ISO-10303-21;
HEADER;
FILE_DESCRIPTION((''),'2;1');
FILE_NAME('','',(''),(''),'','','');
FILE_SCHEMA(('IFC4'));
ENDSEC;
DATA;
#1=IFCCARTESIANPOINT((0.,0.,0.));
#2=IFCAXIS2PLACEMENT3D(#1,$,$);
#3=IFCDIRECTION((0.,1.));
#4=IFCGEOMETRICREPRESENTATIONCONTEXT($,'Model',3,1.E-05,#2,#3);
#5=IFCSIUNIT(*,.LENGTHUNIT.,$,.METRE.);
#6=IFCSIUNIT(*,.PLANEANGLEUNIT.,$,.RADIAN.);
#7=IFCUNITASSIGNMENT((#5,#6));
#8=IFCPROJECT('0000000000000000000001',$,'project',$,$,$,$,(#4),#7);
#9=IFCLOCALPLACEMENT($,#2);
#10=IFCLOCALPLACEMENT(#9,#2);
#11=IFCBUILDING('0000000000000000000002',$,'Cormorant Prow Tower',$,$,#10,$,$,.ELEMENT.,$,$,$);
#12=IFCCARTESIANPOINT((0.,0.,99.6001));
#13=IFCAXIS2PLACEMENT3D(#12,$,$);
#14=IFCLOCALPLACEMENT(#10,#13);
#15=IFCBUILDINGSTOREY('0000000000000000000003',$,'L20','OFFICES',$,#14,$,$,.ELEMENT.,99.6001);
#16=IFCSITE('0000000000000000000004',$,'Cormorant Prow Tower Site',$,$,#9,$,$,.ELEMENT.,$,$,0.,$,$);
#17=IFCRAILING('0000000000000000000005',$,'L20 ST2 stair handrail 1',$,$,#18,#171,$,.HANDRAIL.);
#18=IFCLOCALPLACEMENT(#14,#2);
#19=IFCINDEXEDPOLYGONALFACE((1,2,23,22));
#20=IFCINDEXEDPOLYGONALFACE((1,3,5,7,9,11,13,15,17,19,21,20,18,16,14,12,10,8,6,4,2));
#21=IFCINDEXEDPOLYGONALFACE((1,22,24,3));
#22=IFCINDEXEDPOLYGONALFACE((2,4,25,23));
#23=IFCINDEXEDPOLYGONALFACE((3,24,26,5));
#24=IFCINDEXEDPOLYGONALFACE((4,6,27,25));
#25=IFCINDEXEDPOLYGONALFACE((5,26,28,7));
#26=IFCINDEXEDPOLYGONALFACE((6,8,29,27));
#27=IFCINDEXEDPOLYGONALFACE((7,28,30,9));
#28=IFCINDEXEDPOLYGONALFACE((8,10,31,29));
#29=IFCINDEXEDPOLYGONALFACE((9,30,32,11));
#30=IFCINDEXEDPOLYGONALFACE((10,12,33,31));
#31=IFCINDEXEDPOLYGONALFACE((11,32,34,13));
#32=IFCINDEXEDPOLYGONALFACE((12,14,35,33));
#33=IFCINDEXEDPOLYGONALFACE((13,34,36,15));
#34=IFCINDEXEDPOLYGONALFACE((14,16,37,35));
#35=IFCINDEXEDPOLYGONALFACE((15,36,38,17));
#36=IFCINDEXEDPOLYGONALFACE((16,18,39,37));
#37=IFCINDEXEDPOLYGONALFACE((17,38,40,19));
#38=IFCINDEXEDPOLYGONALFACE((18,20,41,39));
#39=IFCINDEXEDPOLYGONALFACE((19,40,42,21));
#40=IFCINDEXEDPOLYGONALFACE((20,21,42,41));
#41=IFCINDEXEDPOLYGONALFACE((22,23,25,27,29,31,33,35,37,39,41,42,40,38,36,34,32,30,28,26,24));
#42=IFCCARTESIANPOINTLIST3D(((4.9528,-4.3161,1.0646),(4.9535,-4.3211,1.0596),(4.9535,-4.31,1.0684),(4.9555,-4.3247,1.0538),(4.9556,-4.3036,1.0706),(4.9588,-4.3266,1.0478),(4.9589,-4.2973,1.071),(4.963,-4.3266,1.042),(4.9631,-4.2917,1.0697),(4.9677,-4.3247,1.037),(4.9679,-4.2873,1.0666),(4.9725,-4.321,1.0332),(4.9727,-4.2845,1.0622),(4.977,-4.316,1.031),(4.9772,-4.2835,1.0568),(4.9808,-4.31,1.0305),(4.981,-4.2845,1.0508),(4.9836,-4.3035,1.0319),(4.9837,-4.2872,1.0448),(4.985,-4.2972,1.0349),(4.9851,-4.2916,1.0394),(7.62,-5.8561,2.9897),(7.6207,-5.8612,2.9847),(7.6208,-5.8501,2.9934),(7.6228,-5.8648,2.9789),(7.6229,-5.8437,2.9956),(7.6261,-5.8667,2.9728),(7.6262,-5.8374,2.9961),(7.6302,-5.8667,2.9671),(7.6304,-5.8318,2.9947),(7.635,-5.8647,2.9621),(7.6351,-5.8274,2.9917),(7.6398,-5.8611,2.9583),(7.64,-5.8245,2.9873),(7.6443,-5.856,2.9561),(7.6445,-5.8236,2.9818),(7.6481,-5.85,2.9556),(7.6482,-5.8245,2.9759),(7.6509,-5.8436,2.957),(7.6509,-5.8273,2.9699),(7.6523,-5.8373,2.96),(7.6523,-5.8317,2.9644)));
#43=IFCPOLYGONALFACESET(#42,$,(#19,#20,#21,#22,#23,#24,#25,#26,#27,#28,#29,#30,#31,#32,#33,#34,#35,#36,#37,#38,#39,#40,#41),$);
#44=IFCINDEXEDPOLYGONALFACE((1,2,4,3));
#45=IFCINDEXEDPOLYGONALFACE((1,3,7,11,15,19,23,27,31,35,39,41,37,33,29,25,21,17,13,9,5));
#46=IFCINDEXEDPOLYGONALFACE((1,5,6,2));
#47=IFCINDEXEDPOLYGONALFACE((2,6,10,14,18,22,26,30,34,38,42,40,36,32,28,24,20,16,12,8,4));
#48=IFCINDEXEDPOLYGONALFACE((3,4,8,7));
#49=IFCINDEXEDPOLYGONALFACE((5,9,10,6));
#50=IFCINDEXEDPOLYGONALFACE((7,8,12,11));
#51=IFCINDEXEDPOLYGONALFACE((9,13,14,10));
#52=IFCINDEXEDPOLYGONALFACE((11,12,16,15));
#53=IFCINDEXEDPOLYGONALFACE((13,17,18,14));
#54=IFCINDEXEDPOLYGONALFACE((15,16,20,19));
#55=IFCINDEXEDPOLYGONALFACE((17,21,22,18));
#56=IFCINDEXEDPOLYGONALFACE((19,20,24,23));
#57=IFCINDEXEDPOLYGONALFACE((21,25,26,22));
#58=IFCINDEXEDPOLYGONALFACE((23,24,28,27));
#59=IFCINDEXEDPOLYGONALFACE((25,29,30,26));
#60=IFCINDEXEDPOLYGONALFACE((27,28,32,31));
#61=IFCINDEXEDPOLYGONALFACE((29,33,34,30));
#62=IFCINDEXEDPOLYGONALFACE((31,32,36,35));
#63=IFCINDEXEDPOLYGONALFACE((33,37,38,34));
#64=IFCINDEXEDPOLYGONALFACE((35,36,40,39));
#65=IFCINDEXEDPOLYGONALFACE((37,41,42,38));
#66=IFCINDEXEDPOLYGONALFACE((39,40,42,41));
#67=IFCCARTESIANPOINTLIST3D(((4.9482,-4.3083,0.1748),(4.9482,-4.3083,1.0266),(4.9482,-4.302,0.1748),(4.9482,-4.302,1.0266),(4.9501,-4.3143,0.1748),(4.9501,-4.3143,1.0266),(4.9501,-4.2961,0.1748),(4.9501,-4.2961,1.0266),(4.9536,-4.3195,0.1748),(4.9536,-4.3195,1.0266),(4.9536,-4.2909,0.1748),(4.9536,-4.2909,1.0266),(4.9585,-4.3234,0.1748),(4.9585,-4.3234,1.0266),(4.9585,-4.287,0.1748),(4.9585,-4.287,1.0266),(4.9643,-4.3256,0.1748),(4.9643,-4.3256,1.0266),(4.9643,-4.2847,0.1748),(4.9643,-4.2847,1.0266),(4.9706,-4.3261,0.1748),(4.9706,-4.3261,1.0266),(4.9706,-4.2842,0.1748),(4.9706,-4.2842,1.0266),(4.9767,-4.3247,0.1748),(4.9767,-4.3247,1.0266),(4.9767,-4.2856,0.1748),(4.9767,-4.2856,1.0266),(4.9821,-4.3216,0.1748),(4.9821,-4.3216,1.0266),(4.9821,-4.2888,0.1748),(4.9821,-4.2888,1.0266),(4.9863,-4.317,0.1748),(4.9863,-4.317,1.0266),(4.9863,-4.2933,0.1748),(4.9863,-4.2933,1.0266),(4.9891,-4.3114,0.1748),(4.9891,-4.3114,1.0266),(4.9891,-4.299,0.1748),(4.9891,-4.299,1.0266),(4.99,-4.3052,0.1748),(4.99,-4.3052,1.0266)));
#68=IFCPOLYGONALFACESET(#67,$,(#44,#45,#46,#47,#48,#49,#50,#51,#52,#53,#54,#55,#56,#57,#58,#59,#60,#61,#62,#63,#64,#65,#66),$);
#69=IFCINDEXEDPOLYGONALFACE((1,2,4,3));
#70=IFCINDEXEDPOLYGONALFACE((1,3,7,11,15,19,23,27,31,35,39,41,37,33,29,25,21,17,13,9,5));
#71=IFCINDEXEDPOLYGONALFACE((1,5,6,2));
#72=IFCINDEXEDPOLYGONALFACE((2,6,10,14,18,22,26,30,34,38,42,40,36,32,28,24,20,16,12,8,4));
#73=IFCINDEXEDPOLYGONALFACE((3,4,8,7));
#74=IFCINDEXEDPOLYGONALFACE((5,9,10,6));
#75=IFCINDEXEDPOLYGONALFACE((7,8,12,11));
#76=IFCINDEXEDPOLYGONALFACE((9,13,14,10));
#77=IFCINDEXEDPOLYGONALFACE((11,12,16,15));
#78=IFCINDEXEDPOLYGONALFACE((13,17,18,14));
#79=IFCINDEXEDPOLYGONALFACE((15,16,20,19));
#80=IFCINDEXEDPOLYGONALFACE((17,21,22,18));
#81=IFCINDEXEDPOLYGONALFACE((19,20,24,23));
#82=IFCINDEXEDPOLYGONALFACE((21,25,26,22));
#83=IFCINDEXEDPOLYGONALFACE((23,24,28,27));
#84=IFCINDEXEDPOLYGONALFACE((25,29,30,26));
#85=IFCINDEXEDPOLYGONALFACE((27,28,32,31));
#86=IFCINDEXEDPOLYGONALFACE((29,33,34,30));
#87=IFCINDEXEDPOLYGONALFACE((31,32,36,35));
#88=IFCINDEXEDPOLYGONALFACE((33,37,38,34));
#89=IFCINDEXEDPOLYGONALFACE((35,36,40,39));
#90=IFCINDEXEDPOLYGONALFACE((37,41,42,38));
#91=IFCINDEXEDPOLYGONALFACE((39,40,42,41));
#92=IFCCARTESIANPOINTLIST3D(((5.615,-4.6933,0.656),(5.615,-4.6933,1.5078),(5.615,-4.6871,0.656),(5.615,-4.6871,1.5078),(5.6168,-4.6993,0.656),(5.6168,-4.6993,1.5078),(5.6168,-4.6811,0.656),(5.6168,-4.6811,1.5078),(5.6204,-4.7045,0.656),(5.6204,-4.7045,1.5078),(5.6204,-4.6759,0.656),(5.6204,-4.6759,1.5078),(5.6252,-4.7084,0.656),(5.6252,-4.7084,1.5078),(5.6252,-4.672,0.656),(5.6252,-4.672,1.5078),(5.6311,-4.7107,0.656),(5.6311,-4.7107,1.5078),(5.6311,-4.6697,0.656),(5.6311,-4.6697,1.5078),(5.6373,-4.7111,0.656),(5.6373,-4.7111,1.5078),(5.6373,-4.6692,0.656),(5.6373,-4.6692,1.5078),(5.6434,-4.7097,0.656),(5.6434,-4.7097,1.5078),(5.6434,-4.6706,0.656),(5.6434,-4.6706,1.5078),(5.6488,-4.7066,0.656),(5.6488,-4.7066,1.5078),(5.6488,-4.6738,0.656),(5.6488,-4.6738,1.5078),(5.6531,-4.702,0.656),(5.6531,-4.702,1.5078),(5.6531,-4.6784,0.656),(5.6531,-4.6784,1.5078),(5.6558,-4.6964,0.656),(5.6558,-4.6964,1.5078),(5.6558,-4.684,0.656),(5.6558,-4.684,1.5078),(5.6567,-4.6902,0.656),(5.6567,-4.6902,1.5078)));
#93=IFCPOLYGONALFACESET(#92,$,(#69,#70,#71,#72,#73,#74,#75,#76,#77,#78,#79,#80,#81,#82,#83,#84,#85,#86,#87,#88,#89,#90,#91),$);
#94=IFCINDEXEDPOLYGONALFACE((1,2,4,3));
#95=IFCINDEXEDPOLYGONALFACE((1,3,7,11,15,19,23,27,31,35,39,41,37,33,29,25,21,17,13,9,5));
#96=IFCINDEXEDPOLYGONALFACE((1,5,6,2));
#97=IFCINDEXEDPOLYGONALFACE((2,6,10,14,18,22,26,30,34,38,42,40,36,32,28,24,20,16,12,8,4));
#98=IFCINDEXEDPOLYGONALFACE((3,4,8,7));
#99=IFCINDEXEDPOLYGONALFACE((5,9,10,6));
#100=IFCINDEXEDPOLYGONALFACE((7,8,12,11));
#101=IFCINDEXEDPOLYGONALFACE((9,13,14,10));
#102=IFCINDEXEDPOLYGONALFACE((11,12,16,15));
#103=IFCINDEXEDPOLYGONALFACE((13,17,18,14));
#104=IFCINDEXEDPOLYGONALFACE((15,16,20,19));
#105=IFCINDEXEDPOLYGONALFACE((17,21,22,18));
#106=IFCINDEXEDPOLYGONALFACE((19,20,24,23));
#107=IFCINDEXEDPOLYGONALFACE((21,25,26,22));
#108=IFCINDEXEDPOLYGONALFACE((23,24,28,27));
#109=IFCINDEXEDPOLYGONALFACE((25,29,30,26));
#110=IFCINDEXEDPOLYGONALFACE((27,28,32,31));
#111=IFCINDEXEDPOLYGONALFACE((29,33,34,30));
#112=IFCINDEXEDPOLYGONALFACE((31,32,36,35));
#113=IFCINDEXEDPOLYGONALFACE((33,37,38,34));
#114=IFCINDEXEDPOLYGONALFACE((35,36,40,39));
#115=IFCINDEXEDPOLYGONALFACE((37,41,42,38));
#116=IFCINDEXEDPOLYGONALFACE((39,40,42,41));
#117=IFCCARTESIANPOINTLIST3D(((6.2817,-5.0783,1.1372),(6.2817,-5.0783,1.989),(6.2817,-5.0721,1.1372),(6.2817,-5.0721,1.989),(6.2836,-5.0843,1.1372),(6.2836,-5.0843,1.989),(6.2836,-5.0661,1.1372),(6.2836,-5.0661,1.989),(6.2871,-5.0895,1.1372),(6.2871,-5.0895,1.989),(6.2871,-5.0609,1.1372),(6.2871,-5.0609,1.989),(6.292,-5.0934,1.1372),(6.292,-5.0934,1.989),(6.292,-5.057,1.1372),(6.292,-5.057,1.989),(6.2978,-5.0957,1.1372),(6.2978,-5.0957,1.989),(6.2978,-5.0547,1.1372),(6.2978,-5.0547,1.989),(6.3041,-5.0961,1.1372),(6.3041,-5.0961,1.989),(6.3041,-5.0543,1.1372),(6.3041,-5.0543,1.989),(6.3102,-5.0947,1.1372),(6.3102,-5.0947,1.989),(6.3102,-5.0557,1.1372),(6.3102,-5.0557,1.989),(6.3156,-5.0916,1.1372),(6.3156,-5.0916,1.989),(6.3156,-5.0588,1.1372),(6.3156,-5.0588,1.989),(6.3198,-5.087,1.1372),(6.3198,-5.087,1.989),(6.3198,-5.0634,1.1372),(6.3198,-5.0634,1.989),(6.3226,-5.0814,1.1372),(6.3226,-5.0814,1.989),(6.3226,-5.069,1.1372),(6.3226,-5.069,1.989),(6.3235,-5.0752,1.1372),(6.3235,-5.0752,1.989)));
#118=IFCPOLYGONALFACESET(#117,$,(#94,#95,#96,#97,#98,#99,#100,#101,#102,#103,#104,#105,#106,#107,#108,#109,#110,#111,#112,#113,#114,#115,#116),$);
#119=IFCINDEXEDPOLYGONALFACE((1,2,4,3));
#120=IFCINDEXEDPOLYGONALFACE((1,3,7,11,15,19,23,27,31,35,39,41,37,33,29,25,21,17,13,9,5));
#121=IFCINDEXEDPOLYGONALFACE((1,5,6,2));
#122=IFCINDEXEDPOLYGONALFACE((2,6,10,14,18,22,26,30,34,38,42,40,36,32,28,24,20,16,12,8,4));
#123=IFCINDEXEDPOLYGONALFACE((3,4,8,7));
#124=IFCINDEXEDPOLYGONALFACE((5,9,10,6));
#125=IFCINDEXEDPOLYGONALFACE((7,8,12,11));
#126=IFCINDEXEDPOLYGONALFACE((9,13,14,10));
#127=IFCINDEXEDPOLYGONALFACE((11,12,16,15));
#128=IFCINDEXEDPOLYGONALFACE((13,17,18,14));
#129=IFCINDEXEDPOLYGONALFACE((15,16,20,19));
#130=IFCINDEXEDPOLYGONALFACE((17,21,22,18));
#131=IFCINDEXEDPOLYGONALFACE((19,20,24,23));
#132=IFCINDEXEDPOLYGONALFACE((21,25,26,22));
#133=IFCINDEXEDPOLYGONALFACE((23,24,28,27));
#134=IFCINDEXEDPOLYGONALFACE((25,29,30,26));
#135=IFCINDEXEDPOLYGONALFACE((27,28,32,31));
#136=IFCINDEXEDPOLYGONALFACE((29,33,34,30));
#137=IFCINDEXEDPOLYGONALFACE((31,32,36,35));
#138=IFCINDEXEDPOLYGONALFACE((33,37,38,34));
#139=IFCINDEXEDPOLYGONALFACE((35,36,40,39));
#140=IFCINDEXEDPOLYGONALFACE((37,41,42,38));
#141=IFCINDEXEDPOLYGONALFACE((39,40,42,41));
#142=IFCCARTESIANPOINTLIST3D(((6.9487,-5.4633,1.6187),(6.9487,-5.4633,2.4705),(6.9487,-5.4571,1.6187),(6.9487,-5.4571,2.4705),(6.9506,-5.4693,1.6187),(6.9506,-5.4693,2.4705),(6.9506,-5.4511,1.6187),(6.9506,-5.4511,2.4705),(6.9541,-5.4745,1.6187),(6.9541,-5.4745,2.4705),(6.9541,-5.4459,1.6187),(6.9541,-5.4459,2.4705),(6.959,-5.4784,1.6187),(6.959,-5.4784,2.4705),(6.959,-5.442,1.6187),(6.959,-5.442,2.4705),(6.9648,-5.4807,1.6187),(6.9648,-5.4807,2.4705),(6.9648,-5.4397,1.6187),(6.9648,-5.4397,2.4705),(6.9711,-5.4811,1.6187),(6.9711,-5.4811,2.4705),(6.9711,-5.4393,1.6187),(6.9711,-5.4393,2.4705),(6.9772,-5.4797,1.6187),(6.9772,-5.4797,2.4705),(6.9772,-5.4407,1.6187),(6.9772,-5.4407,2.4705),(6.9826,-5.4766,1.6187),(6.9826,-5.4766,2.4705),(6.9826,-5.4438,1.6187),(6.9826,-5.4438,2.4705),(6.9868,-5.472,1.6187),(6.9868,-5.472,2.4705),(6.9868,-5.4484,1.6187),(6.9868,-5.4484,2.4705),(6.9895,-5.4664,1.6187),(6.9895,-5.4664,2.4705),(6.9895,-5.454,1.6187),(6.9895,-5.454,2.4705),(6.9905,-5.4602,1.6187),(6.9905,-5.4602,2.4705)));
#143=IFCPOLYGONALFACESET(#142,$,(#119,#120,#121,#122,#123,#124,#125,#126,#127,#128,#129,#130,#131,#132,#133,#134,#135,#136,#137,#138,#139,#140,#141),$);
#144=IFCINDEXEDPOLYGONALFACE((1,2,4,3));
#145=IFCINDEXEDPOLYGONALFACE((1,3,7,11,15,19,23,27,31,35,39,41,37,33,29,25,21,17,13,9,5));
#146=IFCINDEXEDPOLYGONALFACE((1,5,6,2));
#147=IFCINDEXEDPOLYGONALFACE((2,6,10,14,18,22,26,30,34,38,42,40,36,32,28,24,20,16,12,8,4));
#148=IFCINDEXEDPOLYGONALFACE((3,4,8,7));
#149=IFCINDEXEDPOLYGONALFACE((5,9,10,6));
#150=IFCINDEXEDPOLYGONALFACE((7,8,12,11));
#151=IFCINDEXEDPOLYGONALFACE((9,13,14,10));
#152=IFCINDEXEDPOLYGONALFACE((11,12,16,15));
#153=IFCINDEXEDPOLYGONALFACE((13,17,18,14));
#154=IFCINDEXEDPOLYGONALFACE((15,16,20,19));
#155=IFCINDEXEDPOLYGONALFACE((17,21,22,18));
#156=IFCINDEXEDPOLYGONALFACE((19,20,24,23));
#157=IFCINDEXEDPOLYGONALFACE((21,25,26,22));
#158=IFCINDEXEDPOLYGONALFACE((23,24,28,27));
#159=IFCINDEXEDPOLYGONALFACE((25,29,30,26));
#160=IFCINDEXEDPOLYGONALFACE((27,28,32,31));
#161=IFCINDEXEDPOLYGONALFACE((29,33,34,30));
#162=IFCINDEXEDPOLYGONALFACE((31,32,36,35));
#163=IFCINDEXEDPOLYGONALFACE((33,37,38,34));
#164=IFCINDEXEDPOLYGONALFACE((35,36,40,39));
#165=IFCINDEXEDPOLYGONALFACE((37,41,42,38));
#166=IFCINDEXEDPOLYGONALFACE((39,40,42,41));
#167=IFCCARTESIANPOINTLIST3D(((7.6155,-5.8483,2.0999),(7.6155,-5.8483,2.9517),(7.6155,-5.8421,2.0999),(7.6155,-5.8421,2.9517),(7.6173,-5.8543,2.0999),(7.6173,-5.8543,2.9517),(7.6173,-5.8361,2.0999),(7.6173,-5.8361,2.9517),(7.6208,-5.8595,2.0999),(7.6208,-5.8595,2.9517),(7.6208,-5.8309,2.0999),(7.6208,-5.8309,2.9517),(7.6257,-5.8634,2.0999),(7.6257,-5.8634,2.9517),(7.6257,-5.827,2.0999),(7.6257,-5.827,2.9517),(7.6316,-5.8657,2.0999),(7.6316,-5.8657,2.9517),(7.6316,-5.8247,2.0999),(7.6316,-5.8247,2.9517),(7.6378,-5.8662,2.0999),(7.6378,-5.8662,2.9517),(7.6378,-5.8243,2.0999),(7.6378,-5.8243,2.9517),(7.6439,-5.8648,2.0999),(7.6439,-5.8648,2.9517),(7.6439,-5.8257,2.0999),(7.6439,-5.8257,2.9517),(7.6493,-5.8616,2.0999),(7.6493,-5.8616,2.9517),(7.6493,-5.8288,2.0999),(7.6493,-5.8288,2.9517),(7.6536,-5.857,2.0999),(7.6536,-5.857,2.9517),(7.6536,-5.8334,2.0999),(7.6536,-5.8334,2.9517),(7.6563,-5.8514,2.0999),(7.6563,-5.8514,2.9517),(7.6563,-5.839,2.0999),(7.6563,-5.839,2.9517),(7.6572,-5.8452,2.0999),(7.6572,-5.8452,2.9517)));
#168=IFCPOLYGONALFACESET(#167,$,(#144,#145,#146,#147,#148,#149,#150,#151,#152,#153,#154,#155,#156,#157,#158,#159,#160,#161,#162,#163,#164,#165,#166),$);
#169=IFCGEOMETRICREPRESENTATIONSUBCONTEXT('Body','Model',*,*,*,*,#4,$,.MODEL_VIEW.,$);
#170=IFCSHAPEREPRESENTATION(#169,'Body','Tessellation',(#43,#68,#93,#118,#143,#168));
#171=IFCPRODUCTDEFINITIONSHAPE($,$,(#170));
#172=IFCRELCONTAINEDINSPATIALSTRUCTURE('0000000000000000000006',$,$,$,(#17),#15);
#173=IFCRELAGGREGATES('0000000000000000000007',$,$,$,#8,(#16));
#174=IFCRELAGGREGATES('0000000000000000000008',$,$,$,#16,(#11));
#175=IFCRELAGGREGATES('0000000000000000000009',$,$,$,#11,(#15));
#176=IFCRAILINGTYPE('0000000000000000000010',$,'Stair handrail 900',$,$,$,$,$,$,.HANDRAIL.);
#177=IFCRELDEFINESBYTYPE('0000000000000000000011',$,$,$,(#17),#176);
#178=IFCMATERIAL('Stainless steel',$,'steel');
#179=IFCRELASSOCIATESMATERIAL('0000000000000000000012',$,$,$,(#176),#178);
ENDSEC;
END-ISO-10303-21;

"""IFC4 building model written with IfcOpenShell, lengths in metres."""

from ifc_helpers import new_model, si_unit, direction, frame, origin, origin_2d, place, context, subcontext, project, spatial, circle, extrude, material, type_object, element, save


model = new_model("IFC4")

# Units and contexts
model_context = context("Model", 3, precision=1e-05, world=origin(), true_north=direction((0.0, 1.0)))
body_context = subcontext(model_context, "Body", "Model", "MODEL_VIEW")
ifc_project = project(units=[si_unit("LENGTHUNIT", "METRE"), si_unit("PLANEANGLEUNIT", "RADIAN")], contexts=[model_context])

# Site, building, storey
site_placement = place(None, origin())
site = spatial("IfcSite", under=ifc_project, at=site_placement, Name="Cormorant Prow Tower Site", CompositionType="ELEMENT", RefElevation=0.0)
building_placement = place(site_placement, origin())
building = spatial("IfcBuilding", under=site, at=building_placement, Name="Cormorant Prow Tower", CompositionType="ELEMENT")
storey_placement = place(building_placement, frame((0.0, 0.0, 99.6001)))
storey = spatial("IfcBuildingStorey", under=building, at=storey_placement, Name="L20", Description="OFFICES", CompositionType="ELEMENT", Elevation=99.6001)

# Railing
ifc_material_1 = material(Name="Stainless steel", Category="steel")
railing_type_1 = type_object("IfcRailingType", Name="Stair handrail 900", PredefinedType="HANDRAIL", material=ifc_material_1)
railing_1_placement = place(storey_placement, frame((4.969, -4.3052, 0.1748)))
element("IfcRailing", 1, at=railing_1_placement, inside=storey, type_object=railing_type_1, Name="L20 ST2 stair handrail 1", PredefinedType="HANDRAIL", context=body_context, shape_type="SweptSolid", body=[
    extrude(circle(Radius=0.0239, at=origin_2d()), frame((0.0, 0.0, 0.876), z_axis=(0.734364, -0.424015, 0.530019), x_axis=(0.500027, 0.86601, 0.0)), (0.0, 0.0, 1.0), 3.6321),
    extrude(circle(Radius=0.021, at=origin_2d()), origin(), (0.0, 0.0, 1.0), 0.8518),
    extrude(circle(Radius=0.021, at=origin_2d()), frame((0.6667, -0.385, 0.4812)), (0.0, 0.0, 1.0), 0.8518),
    extrude(circle(Radius=0.021, at=origin_2d()), frame((1.3335, -0.77, 0.9624)), (0.0, 0.0, 1.0), 0.8518),
    extrude(circle(Radius=0.021, at=origin_2d()), frame((2.0005, -1.155, 1.4438)), (0.0, 0.0, 1.0), 0.8518),
    extrude(circle(Radius=0.021, at=origin_2d()), frame((2.6672, -1.54, 1.925)), (0.0, 0.0, 1.0), 0.8518),
])

save(model, "model.ifc")
